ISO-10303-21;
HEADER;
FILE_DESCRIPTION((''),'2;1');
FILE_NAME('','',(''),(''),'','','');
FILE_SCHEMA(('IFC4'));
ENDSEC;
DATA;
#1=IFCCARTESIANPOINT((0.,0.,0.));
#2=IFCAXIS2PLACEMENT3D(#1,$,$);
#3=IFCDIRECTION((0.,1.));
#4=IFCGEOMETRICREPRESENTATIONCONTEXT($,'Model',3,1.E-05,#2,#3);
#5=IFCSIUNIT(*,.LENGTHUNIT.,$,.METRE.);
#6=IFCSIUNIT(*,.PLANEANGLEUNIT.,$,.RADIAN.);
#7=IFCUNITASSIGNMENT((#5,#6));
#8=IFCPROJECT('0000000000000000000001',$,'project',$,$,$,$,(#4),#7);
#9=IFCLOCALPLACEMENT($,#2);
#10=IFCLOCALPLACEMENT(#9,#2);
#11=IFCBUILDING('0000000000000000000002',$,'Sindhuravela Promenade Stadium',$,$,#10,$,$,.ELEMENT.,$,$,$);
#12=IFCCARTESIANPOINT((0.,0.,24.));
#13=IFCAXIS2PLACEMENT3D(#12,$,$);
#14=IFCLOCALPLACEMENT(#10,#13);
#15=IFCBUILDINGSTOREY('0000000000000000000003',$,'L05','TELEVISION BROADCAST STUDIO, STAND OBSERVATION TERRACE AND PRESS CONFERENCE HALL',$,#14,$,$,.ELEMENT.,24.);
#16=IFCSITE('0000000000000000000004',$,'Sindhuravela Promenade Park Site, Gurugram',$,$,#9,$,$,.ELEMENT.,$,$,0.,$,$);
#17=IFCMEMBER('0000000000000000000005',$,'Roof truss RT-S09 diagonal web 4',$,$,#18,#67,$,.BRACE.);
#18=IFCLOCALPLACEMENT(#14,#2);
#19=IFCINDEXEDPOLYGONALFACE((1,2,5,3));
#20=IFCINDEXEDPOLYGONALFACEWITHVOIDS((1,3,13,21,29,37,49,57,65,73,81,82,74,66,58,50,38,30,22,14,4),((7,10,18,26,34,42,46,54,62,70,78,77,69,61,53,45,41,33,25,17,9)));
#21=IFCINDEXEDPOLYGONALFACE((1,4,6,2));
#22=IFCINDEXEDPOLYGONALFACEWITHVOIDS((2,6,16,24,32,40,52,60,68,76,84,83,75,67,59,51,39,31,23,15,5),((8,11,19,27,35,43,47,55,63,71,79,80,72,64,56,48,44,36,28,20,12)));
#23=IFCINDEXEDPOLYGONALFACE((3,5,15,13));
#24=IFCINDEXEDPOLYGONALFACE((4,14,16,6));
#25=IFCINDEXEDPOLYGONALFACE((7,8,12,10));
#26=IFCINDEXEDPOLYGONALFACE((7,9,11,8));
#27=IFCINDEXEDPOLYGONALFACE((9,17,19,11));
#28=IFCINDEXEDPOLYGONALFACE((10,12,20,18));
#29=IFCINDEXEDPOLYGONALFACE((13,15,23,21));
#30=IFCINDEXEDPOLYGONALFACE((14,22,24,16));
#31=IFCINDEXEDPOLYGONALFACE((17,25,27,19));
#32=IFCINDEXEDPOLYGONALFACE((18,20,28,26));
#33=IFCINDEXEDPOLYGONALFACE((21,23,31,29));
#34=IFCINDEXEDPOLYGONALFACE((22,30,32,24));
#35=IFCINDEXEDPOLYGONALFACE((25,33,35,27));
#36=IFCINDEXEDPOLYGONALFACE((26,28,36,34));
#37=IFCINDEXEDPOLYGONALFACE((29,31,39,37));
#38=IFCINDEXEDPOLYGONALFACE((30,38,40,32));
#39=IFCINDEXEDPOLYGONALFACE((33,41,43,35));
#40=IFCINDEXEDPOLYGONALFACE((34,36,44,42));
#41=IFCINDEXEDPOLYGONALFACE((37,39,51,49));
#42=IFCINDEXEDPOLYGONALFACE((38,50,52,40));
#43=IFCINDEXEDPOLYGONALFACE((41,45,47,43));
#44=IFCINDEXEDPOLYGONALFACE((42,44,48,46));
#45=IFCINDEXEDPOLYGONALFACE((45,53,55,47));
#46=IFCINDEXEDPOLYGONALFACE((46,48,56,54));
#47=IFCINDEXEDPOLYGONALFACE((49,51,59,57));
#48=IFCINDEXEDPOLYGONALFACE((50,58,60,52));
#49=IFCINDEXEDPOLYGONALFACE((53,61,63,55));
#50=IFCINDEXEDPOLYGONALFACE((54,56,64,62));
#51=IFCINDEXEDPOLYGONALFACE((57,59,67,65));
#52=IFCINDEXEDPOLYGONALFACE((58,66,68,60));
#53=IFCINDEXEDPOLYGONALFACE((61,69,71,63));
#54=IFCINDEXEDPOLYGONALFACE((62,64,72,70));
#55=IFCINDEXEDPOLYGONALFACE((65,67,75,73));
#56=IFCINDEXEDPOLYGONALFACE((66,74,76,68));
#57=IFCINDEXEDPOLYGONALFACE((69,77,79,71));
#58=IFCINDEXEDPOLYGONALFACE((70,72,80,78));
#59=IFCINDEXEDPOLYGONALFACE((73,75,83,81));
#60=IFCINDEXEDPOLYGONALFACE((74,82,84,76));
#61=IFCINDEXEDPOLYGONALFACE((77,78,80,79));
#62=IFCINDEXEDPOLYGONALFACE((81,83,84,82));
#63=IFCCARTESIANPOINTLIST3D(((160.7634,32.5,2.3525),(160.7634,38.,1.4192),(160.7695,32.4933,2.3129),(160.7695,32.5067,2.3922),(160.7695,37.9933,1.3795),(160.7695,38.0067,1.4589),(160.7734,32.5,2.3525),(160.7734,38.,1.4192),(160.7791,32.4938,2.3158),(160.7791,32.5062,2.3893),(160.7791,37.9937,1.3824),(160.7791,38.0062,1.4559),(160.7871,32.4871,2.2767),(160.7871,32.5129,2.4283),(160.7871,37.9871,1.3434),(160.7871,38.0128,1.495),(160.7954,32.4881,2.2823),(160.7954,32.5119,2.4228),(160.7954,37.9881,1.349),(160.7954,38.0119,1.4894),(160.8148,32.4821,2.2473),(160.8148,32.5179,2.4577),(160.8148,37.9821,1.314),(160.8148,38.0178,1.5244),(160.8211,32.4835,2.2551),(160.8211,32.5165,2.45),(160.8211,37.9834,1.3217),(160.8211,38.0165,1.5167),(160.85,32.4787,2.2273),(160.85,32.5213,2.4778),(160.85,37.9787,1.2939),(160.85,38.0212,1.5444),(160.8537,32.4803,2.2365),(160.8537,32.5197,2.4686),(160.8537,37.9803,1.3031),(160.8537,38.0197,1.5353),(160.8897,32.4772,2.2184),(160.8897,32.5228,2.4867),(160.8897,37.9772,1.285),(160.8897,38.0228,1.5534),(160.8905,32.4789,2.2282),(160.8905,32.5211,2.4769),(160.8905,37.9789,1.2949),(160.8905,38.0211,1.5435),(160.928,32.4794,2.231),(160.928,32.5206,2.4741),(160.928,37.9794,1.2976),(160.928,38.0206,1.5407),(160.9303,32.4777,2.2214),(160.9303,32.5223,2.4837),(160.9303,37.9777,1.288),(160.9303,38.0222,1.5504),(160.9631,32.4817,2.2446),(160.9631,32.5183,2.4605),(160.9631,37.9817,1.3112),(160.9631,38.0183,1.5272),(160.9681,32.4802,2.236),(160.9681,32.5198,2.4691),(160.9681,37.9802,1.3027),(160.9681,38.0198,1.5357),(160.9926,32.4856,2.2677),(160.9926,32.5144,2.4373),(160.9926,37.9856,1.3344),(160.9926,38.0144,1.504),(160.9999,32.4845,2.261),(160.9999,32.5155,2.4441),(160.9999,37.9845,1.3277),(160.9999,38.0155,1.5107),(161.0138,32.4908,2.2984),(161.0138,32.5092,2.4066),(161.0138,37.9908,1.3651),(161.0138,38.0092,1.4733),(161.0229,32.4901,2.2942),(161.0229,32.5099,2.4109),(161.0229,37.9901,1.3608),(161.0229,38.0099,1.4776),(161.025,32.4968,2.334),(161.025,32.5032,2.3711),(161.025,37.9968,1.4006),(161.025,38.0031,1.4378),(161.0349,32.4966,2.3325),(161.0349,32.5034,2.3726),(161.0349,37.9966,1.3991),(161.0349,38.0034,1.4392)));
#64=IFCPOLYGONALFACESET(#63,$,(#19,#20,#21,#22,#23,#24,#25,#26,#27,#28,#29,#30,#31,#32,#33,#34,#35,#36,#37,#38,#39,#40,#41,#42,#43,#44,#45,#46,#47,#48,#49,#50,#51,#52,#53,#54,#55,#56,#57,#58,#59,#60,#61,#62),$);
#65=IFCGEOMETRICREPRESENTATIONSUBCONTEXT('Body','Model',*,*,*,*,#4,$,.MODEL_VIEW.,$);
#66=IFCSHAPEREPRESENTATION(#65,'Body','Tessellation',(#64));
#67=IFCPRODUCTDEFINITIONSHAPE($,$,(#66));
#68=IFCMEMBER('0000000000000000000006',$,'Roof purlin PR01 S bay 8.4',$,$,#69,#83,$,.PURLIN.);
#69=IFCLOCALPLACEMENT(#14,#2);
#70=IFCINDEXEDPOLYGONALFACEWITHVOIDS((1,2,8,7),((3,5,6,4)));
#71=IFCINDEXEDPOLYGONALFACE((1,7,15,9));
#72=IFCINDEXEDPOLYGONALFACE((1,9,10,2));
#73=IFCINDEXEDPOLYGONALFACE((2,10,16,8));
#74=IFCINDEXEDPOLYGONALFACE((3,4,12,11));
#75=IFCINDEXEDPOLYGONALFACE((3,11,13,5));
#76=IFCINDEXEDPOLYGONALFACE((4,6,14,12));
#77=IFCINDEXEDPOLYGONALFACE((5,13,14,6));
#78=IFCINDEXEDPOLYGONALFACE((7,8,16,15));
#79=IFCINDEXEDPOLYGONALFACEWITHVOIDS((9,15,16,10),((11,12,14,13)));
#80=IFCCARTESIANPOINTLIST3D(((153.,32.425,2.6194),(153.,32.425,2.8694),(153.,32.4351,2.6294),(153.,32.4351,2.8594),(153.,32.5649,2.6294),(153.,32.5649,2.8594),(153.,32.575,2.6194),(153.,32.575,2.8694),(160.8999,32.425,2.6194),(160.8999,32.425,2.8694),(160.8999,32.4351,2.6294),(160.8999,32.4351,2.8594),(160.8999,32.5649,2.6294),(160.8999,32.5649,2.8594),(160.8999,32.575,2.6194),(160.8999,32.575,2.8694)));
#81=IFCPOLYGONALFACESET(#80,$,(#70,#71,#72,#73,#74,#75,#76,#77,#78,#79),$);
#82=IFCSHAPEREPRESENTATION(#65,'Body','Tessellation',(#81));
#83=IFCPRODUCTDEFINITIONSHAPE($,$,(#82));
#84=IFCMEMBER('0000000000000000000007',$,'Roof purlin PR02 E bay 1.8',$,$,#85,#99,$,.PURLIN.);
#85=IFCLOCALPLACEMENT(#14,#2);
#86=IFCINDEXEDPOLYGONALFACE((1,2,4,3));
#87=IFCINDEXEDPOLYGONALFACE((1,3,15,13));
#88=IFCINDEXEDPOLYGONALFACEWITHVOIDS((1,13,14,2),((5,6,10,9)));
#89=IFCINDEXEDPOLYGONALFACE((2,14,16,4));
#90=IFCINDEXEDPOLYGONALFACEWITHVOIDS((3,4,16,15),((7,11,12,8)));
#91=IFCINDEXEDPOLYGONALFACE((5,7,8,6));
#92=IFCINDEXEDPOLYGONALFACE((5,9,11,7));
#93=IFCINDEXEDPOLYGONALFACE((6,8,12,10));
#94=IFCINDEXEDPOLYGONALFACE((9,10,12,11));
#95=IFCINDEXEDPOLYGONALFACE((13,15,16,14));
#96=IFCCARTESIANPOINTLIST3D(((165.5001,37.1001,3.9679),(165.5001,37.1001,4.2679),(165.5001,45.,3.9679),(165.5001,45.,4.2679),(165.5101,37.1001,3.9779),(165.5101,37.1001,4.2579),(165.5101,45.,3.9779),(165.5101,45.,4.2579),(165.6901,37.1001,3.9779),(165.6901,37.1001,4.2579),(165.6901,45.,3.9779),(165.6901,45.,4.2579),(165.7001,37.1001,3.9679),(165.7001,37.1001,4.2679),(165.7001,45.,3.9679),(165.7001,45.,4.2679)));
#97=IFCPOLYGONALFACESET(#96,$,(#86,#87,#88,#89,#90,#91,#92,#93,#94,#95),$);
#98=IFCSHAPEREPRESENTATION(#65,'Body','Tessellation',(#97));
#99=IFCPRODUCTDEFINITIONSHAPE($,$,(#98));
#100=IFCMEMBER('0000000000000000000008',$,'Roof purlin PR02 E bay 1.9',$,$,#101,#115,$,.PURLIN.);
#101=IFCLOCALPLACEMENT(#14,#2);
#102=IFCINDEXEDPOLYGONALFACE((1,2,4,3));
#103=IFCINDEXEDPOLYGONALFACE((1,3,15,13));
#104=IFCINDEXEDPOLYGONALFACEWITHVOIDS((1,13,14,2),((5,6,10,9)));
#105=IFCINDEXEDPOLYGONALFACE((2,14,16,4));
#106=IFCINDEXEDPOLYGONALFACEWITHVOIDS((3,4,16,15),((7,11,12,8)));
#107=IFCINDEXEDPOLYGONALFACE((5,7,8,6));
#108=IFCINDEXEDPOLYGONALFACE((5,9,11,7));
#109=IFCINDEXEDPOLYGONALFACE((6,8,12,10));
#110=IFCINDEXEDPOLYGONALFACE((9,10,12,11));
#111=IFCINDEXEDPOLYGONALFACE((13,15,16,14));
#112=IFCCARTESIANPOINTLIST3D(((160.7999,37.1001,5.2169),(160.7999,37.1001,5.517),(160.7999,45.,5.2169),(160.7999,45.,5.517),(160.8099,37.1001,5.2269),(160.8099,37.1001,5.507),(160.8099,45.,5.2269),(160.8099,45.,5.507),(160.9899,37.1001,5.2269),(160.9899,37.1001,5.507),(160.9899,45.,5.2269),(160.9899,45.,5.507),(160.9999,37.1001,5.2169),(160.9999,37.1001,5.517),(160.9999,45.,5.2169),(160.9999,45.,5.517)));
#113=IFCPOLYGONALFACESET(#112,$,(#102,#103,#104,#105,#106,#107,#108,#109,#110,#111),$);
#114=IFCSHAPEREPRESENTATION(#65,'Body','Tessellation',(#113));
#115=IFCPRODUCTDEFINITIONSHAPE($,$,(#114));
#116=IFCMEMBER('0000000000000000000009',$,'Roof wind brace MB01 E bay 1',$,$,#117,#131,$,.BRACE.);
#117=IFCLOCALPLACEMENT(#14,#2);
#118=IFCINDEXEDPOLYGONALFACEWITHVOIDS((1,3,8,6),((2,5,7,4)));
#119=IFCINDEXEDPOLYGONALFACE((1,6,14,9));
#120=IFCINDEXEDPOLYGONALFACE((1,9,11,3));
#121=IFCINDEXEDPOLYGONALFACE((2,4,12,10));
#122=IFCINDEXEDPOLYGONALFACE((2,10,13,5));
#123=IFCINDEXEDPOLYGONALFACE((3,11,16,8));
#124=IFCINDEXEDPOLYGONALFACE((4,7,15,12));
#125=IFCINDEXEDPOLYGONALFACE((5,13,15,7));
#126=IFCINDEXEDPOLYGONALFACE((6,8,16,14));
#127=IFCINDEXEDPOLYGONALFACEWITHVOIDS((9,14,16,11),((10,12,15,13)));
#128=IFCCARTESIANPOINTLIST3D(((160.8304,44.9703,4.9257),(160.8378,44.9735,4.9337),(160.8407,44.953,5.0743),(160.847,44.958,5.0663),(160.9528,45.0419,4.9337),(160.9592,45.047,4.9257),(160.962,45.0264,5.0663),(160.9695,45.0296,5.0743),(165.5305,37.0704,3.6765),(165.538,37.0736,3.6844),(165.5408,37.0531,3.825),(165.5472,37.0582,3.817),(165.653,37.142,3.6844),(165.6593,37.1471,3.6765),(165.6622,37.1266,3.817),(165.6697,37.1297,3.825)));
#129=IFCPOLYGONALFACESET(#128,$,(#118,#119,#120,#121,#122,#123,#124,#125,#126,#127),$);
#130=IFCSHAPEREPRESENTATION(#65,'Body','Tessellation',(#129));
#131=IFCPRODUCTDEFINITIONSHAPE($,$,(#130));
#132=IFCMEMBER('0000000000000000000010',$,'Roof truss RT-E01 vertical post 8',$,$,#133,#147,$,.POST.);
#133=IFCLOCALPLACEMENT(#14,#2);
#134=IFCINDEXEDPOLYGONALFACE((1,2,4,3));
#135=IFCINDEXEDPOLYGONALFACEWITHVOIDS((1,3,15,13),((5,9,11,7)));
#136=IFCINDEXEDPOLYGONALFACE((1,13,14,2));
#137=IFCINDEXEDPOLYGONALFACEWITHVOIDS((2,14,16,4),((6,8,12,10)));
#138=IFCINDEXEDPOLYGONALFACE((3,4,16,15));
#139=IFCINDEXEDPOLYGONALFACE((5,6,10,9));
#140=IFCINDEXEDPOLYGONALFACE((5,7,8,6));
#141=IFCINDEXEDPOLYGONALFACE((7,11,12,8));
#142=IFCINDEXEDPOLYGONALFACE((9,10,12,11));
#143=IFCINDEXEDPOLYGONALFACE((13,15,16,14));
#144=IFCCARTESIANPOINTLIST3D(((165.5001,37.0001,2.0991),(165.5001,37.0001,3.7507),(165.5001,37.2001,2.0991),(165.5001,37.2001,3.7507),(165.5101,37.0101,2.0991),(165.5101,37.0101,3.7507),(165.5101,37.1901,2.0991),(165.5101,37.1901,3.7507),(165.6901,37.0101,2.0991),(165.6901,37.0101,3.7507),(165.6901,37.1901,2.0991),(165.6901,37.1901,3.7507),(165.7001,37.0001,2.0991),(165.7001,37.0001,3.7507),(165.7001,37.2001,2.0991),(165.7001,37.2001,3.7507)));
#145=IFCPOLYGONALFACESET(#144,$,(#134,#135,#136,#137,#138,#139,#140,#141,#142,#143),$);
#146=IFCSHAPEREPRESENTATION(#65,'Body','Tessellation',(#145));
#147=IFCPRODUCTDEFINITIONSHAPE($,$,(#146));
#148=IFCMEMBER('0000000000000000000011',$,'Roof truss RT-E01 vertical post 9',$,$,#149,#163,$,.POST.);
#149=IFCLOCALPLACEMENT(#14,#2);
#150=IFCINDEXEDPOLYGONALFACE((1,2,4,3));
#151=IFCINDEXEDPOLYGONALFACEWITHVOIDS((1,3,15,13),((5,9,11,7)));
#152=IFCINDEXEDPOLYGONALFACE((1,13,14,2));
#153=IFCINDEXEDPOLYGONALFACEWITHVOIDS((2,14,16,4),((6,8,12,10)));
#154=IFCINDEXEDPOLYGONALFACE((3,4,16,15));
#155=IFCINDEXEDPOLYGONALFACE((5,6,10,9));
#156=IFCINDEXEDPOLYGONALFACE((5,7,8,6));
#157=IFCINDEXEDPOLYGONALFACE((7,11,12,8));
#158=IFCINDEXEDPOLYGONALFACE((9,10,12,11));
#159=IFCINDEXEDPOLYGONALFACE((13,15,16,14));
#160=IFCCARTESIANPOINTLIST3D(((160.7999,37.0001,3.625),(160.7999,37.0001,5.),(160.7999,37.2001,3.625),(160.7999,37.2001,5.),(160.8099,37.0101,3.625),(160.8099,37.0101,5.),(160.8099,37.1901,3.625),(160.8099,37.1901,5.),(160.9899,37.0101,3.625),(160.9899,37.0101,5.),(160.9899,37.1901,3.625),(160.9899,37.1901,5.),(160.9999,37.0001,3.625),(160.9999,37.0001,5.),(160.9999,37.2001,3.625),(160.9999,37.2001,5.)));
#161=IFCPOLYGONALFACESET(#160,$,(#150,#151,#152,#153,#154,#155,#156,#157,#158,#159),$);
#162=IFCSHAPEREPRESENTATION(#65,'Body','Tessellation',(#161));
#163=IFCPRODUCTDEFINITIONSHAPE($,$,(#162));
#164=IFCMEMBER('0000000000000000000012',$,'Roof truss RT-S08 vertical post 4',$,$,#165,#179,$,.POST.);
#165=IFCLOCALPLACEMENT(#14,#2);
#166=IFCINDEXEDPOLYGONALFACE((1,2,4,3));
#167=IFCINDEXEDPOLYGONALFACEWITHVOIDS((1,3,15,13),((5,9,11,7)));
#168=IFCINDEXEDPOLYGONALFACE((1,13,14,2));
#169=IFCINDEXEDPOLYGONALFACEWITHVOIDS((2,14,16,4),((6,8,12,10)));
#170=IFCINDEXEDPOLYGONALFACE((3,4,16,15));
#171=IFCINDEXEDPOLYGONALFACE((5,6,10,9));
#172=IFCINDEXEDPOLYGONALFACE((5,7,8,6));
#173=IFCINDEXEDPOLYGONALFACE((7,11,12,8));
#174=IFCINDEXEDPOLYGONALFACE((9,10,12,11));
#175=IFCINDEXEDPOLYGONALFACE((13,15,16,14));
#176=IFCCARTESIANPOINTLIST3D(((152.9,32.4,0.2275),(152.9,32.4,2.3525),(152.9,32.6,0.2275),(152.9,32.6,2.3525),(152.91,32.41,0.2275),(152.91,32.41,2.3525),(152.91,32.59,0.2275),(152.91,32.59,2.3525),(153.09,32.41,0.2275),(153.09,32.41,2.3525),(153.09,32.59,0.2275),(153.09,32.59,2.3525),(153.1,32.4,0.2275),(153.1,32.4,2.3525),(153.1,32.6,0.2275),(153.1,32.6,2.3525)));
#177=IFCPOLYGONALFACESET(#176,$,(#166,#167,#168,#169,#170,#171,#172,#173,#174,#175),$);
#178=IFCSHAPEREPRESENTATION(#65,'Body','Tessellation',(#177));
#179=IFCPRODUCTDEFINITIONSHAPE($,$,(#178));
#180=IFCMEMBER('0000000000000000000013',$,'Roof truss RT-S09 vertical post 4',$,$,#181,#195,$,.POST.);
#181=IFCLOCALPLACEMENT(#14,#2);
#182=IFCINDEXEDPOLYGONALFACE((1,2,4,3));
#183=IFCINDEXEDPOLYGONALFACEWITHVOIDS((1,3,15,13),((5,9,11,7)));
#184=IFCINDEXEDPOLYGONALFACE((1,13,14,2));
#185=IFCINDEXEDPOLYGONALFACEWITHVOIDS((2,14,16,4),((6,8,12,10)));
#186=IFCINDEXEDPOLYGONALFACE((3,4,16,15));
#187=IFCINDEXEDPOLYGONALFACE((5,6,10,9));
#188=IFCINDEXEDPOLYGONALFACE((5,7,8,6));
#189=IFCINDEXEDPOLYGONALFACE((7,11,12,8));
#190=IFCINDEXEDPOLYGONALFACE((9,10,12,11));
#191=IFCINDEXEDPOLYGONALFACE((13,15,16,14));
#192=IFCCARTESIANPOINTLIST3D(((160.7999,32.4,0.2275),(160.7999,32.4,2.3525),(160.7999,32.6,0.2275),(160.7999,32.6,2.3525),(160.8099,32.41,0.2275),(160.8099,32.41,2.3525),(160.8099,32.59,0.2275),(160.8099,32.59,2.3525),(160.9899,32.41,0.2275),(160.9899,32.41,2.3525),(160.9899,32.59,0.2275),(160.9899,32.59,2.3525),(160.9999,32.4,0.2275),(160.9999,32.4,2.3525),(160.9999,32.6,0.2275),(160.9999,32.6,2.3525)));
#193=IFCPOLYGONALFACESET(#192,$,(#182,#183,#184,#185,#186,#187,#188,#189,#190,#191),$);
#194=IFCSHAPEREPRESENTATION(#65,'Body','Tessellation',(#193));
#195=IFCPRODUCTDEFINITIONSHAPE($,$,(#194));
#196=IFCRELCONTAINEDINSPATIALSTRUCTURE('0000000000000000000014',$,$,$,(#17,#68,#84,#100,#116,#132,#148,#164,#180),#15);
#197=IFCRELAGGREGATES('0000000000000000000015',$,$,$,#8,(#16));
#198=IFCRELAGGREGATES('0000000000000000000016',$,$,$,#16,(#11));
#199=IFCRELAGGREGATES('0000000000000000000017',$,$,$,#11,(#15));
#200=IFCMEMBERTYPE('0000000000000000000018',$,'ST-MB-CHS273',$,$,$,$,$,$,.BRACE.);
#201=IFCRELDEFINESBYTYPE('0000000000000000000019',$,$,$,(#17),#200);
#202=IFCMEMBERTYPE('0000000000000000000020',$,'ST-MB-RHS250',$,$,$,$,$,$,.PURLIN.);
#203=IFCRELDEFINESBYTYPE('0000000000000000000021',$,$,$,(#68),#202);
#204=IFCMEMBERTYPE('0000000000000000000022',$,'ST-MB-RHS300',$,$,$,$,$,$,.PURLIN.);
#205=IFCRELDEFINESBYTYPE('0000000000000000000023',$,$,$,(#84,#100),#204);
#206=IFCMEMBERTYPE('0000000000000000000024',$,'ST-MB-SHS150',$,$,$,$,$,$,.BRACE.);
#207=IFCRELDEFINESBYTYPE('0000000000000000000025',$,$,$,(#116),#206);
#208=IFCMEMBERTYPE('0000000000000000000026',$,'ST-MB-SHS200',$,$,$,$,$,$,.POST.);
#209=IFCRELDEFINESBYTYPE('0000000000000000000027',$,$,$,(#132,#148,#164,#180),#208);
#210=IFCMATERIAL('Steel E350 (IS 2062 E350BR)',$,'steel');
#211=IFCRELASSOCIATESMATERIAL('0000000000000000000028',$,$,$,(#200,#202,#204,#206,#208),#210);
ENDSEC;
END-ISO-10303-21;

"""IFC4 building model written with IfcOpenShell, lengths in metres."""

from ifc_helpers import new_model, si_unit, direction, frame, origin, origin_2d, place, context, subcontext, project, spatial, hollow_rectangle, hollow_circle, extrude, material, material_profile, profile_set, type_object, element, save


model = new_model("IFC4")

# Units and contexts
model_context = context("Model", 3, precision=1e-05, world=origin(), true_north=direction((0.0, 1.0)))
body_context = subcontext(model_context, "Body", "Model", "MODEL_VIEW")
ifc_project = project(units=[si_unit("LENGTHUNIT", "METRE"), si_unit("PLANEANGLEUNIT", "RADIAN")], contexts=[model_context])

# Site, building, storey
site_placement = place(None, origin())
site = spatial("IfcSite", under=ifc_project, at=site_placement, Name="Sindhuravela Promenade Park Site, Gurugram", CompositionType="ELEMENT", RefElevation=0.0)
building_placement = place(site_placement, origin())
building = spatial("IfcBuilding", under=site, at=building_placement, Name="Sindhuravela Promenade Stadium", CompositionType="ELEMENT")
storey_placement = place(building_placement, frame((0.0, 0.0, 24.0)))
storey = spatial("IfcBuildingStorey", under=building, at=storey_placement, Name="L05", Description="TELEVISION BROADCAST STUDIO, STAND OBSERVATION TERRACE AND PRESS CONFERENCE HALL", CompositionType="ELEMENT", Elevation=24.0)

# Shared definitions
ifc_material_1 = material(Name="Steel E350 (IS 2062 E350BR)", Category="steel")

# Members
ifc_material_profile_1 = material_profile(ifc_material_1, hollow_circle(Radius=0.1365, WallThickness=0.01, at=origin_2d()), Name="CHS 273.0x10")
ifc_profile_set_1 = profile_set([ifc_material_profile_1], Name="Steel E350 (IS 2062 E350BR)")
member_type_1 = type_object("IfcMemberType", Name="ST-MB-CHS273", PredefinedType="BRACE", material=ifc_profile_set_1)
member_1_placement = place(storey_placement, frame((160.8999, 32.5, 2.3525), z_axis=(0.0, 0.985905, -0.167308), x_axis=(-1.0, 0.0, 0.0)))
element("IfcMember", 1, at=member_1_placement, inside=storey, type_object=member_type_1, Name="Roof truss RT-S09 diagonal web 4", PredefinedType="BRACE", context=body_context, shape_type="SweptSolid", body=[
    extrude(hollow_circle(Radius=0.1365, WallThickness=0.01, at=origin_2d()), origin(), (0.0, 0.0, 1.0), 5.5786),
])
ifc_material_profile_2 = material_profile(ifc_material_1, hollow_rectangle(XDim=0.1499, YDim=0.25, WallThickness=0.01, at=origin_2d()), Name="RHS 250x150x10")
ifc_profile_set_2 = profile_set([ifc_material_profile_2], Name="Steel E350 (IS 2062 E350BR)")
member_type_2 = type_object("IfcMemberType", Name="ST-MB-RHS250", PredefinedType="PURLIN", material=ifc_profile_set_2)
member_2_placement = place(storey_placement, frame((153.0, 32.5, 2.7444), z_axis=(1.0, 0.0, 0.0), x_axis=(0.0, 1.0, 0.0)))
element("IfcMember", 2, at=member_2_placement, inside=storey, type_object=member_type_2, Name="Roof purlin PR01 S bay 8.4", PredefinedType="PURLIN", context=body_context, shape_type="SweptSolid", body=[
    extrude(hollow_rectangle(XDim=0.1499, YDim=0.25, WallThickness=0.01, at=origin_2d()), origin(), (0.0, 0.0, 1.0), 7.8999),
])
ifc_material_profile_3 = material_profile(ifc_material_1, hollow_rectangle(XDim=0.2, YDim=0.3, WallThickness=0.01, at=origin_2d()), Name="RHS 300x200x10")
ifc_profile_set_3 = profile_set([ifc_material_profile_3], Name="Steel E350 (IS 2062 E350BR)")
member_type_3 = type_object("IfcMemberType", Name="ST-MB-RHS300", PredefinedType="PURLIN", material=ifc_profile_set_3)
for number, where, z_axis, x_axis, name in (
    (3, (165.6001, 37.1001, 4.1179), (0.0, 1.0, 0.0), (-1.0, 0.0, 0.0), "Roof purlin PR02 E bay 1.8"),
    (4, (160.8999, 37.1001, 5.3669), (0.0, 1.0, 0.0), (-1.0, 0.0, 0.0), "Roof purlin PR02 E bay 1.9"),
):
    element("IfcMember", number, at=place(storey_placement, frame(where, z_axis=z_axis, x_axis=x_axis)), inside=storey, type_object=member_type_3, Name=name, PredefinedType="PURLIN", context=body_context, shape_type="SweptSolid", body=[
        extrude(hollow_rectangle(XDim=0.2, YDim=0.3, WallThickness=0.01, at=origin_2d()), origin(), (0.0, 0.0, 1.0), 7.8999),
    ])
ifc_material_profile_4 = material_profile(ifc_material_1, hollow_rectangle(XDim=0.1499, YDim=0.1499, WallThickness=0.0081, at=origin_2d()), Name="SHS 150x150x8")
ifc_profile_set_4 = profile_set([ifc_material_profile_4], Name="Steel E350 (IS 2062 E350BR)")
member_type_4 = type_object("IfcMemberType", Name="ST-MB-SHS150", PredefinedType="BRACE", material=ifc_profile_set_4)
member_3_placement = place(storey_placement, frame((165.6001, 37.1001, 3.7507), z_axis=(-0.506656, 0.851567, 0.134664), x_axis=(-0.859395, -0.511313, 0.0)))
element("IfcMember", 5, at=member_3_placement, inside=storey, type_object=member_type_4, Name="Roof wind brace MB01 E bay 1", PredefinedType="BRACE", context=body_context, shape_type="SweptSolid", body=[
    extrude(hollow_rectangle(XDim=0.1499, YDim=0.1499, WallThickness=0.0081, at=origin_2d()), origin(), (0.0, 0.0, 1.0), 9.2769),
])
ifc_material_profile_5 = material_profile(ifc_material_1, hollow_rectangle(XDim=0.2, YDim=0.2, WallThickness=0.01, at=origin_2d()), Name="SHS 200x200x10")
ifc_profile_set_5 = profile_set([ifc_material_profile_5], Name="Steel E350 (IS 2062 E350BR)")
member_type_5 = type_object("IfcMemberType", Name="ST-MB-SHS200", PredefinedType="POST", material=ifc_profile_set_5)
member_4_placement = place(storey_placement, frame((165.6001, 37.1001, 2.0991), z_axis=(0.0, 0.0, 1.0), x_axis=(1.0, 0.0, 0.0)))
element("IfcMember", 6, at=member_4_placement, inside=storey, type_object=member_type_5, Name="Roof truss RT-E01 vertical post 8", PredefinedType="POST", context=body_context, shape_type="SweptSolid", body=[
    extrude(hollow_rectangle(XDim=0.2, YDim=0.2, WallThickness=0.01, at=origin_2d()), origin(), (0.0, 0.0, 1.0), 1.6516),
])
member_5_placement = place(storey_placement, frame((160.8999, 37.1001, 3.625), z_axis=(0.0, 0.0, 1.0), x_axis=(1.0, 0.0, 0.0)))
element("IfcMember", 7, at=member_5_placement, inside=storey, type_object=member_type_5, Name="Roof truss RT-E01 vertical post 9", PredefinedType="POST", context=body_context, shape_type="SweptSolid", body=[
    extrude(hollow_rectangle(XDim=0.2, YDim=0.2, WallThickness=0.01, at=origin_2d()), origin(), (0.0, 0.0, 1.0), 1.375),
])
for number, where, z_axis, x_axis, name in (
    (8, (153.0, 32.5, 0.2275), (0.0, 0.0, 1.0), (1.0, 0.0, 0.0), "Roof truss RT-S08 vertical post 4"),
    (9, (160.8999, 32.5, 0.2275), (0.0, 0.0, 1.0), (1.0, 0.0, 0.0), "Roof truss RT-S09 vertical post 4"),
):
    element("IfcMember", number, at=place(storey_placement, frame(where, z_axis=z_axis, x_axis=x_axis)), inside=storey, type_object=member_type_5, Name=name, PredefinedType="POST", context=body_context, shape_type="SweptSolid", body=[
        extrude(hollow_rectangle(XDim=0.2, YDim=0.2, WallThickness=0.01, at=origin_2d()), origin(), (0.0, 0.0, 1.0), 2.125),
    ])

save(model, "model.ifc")
